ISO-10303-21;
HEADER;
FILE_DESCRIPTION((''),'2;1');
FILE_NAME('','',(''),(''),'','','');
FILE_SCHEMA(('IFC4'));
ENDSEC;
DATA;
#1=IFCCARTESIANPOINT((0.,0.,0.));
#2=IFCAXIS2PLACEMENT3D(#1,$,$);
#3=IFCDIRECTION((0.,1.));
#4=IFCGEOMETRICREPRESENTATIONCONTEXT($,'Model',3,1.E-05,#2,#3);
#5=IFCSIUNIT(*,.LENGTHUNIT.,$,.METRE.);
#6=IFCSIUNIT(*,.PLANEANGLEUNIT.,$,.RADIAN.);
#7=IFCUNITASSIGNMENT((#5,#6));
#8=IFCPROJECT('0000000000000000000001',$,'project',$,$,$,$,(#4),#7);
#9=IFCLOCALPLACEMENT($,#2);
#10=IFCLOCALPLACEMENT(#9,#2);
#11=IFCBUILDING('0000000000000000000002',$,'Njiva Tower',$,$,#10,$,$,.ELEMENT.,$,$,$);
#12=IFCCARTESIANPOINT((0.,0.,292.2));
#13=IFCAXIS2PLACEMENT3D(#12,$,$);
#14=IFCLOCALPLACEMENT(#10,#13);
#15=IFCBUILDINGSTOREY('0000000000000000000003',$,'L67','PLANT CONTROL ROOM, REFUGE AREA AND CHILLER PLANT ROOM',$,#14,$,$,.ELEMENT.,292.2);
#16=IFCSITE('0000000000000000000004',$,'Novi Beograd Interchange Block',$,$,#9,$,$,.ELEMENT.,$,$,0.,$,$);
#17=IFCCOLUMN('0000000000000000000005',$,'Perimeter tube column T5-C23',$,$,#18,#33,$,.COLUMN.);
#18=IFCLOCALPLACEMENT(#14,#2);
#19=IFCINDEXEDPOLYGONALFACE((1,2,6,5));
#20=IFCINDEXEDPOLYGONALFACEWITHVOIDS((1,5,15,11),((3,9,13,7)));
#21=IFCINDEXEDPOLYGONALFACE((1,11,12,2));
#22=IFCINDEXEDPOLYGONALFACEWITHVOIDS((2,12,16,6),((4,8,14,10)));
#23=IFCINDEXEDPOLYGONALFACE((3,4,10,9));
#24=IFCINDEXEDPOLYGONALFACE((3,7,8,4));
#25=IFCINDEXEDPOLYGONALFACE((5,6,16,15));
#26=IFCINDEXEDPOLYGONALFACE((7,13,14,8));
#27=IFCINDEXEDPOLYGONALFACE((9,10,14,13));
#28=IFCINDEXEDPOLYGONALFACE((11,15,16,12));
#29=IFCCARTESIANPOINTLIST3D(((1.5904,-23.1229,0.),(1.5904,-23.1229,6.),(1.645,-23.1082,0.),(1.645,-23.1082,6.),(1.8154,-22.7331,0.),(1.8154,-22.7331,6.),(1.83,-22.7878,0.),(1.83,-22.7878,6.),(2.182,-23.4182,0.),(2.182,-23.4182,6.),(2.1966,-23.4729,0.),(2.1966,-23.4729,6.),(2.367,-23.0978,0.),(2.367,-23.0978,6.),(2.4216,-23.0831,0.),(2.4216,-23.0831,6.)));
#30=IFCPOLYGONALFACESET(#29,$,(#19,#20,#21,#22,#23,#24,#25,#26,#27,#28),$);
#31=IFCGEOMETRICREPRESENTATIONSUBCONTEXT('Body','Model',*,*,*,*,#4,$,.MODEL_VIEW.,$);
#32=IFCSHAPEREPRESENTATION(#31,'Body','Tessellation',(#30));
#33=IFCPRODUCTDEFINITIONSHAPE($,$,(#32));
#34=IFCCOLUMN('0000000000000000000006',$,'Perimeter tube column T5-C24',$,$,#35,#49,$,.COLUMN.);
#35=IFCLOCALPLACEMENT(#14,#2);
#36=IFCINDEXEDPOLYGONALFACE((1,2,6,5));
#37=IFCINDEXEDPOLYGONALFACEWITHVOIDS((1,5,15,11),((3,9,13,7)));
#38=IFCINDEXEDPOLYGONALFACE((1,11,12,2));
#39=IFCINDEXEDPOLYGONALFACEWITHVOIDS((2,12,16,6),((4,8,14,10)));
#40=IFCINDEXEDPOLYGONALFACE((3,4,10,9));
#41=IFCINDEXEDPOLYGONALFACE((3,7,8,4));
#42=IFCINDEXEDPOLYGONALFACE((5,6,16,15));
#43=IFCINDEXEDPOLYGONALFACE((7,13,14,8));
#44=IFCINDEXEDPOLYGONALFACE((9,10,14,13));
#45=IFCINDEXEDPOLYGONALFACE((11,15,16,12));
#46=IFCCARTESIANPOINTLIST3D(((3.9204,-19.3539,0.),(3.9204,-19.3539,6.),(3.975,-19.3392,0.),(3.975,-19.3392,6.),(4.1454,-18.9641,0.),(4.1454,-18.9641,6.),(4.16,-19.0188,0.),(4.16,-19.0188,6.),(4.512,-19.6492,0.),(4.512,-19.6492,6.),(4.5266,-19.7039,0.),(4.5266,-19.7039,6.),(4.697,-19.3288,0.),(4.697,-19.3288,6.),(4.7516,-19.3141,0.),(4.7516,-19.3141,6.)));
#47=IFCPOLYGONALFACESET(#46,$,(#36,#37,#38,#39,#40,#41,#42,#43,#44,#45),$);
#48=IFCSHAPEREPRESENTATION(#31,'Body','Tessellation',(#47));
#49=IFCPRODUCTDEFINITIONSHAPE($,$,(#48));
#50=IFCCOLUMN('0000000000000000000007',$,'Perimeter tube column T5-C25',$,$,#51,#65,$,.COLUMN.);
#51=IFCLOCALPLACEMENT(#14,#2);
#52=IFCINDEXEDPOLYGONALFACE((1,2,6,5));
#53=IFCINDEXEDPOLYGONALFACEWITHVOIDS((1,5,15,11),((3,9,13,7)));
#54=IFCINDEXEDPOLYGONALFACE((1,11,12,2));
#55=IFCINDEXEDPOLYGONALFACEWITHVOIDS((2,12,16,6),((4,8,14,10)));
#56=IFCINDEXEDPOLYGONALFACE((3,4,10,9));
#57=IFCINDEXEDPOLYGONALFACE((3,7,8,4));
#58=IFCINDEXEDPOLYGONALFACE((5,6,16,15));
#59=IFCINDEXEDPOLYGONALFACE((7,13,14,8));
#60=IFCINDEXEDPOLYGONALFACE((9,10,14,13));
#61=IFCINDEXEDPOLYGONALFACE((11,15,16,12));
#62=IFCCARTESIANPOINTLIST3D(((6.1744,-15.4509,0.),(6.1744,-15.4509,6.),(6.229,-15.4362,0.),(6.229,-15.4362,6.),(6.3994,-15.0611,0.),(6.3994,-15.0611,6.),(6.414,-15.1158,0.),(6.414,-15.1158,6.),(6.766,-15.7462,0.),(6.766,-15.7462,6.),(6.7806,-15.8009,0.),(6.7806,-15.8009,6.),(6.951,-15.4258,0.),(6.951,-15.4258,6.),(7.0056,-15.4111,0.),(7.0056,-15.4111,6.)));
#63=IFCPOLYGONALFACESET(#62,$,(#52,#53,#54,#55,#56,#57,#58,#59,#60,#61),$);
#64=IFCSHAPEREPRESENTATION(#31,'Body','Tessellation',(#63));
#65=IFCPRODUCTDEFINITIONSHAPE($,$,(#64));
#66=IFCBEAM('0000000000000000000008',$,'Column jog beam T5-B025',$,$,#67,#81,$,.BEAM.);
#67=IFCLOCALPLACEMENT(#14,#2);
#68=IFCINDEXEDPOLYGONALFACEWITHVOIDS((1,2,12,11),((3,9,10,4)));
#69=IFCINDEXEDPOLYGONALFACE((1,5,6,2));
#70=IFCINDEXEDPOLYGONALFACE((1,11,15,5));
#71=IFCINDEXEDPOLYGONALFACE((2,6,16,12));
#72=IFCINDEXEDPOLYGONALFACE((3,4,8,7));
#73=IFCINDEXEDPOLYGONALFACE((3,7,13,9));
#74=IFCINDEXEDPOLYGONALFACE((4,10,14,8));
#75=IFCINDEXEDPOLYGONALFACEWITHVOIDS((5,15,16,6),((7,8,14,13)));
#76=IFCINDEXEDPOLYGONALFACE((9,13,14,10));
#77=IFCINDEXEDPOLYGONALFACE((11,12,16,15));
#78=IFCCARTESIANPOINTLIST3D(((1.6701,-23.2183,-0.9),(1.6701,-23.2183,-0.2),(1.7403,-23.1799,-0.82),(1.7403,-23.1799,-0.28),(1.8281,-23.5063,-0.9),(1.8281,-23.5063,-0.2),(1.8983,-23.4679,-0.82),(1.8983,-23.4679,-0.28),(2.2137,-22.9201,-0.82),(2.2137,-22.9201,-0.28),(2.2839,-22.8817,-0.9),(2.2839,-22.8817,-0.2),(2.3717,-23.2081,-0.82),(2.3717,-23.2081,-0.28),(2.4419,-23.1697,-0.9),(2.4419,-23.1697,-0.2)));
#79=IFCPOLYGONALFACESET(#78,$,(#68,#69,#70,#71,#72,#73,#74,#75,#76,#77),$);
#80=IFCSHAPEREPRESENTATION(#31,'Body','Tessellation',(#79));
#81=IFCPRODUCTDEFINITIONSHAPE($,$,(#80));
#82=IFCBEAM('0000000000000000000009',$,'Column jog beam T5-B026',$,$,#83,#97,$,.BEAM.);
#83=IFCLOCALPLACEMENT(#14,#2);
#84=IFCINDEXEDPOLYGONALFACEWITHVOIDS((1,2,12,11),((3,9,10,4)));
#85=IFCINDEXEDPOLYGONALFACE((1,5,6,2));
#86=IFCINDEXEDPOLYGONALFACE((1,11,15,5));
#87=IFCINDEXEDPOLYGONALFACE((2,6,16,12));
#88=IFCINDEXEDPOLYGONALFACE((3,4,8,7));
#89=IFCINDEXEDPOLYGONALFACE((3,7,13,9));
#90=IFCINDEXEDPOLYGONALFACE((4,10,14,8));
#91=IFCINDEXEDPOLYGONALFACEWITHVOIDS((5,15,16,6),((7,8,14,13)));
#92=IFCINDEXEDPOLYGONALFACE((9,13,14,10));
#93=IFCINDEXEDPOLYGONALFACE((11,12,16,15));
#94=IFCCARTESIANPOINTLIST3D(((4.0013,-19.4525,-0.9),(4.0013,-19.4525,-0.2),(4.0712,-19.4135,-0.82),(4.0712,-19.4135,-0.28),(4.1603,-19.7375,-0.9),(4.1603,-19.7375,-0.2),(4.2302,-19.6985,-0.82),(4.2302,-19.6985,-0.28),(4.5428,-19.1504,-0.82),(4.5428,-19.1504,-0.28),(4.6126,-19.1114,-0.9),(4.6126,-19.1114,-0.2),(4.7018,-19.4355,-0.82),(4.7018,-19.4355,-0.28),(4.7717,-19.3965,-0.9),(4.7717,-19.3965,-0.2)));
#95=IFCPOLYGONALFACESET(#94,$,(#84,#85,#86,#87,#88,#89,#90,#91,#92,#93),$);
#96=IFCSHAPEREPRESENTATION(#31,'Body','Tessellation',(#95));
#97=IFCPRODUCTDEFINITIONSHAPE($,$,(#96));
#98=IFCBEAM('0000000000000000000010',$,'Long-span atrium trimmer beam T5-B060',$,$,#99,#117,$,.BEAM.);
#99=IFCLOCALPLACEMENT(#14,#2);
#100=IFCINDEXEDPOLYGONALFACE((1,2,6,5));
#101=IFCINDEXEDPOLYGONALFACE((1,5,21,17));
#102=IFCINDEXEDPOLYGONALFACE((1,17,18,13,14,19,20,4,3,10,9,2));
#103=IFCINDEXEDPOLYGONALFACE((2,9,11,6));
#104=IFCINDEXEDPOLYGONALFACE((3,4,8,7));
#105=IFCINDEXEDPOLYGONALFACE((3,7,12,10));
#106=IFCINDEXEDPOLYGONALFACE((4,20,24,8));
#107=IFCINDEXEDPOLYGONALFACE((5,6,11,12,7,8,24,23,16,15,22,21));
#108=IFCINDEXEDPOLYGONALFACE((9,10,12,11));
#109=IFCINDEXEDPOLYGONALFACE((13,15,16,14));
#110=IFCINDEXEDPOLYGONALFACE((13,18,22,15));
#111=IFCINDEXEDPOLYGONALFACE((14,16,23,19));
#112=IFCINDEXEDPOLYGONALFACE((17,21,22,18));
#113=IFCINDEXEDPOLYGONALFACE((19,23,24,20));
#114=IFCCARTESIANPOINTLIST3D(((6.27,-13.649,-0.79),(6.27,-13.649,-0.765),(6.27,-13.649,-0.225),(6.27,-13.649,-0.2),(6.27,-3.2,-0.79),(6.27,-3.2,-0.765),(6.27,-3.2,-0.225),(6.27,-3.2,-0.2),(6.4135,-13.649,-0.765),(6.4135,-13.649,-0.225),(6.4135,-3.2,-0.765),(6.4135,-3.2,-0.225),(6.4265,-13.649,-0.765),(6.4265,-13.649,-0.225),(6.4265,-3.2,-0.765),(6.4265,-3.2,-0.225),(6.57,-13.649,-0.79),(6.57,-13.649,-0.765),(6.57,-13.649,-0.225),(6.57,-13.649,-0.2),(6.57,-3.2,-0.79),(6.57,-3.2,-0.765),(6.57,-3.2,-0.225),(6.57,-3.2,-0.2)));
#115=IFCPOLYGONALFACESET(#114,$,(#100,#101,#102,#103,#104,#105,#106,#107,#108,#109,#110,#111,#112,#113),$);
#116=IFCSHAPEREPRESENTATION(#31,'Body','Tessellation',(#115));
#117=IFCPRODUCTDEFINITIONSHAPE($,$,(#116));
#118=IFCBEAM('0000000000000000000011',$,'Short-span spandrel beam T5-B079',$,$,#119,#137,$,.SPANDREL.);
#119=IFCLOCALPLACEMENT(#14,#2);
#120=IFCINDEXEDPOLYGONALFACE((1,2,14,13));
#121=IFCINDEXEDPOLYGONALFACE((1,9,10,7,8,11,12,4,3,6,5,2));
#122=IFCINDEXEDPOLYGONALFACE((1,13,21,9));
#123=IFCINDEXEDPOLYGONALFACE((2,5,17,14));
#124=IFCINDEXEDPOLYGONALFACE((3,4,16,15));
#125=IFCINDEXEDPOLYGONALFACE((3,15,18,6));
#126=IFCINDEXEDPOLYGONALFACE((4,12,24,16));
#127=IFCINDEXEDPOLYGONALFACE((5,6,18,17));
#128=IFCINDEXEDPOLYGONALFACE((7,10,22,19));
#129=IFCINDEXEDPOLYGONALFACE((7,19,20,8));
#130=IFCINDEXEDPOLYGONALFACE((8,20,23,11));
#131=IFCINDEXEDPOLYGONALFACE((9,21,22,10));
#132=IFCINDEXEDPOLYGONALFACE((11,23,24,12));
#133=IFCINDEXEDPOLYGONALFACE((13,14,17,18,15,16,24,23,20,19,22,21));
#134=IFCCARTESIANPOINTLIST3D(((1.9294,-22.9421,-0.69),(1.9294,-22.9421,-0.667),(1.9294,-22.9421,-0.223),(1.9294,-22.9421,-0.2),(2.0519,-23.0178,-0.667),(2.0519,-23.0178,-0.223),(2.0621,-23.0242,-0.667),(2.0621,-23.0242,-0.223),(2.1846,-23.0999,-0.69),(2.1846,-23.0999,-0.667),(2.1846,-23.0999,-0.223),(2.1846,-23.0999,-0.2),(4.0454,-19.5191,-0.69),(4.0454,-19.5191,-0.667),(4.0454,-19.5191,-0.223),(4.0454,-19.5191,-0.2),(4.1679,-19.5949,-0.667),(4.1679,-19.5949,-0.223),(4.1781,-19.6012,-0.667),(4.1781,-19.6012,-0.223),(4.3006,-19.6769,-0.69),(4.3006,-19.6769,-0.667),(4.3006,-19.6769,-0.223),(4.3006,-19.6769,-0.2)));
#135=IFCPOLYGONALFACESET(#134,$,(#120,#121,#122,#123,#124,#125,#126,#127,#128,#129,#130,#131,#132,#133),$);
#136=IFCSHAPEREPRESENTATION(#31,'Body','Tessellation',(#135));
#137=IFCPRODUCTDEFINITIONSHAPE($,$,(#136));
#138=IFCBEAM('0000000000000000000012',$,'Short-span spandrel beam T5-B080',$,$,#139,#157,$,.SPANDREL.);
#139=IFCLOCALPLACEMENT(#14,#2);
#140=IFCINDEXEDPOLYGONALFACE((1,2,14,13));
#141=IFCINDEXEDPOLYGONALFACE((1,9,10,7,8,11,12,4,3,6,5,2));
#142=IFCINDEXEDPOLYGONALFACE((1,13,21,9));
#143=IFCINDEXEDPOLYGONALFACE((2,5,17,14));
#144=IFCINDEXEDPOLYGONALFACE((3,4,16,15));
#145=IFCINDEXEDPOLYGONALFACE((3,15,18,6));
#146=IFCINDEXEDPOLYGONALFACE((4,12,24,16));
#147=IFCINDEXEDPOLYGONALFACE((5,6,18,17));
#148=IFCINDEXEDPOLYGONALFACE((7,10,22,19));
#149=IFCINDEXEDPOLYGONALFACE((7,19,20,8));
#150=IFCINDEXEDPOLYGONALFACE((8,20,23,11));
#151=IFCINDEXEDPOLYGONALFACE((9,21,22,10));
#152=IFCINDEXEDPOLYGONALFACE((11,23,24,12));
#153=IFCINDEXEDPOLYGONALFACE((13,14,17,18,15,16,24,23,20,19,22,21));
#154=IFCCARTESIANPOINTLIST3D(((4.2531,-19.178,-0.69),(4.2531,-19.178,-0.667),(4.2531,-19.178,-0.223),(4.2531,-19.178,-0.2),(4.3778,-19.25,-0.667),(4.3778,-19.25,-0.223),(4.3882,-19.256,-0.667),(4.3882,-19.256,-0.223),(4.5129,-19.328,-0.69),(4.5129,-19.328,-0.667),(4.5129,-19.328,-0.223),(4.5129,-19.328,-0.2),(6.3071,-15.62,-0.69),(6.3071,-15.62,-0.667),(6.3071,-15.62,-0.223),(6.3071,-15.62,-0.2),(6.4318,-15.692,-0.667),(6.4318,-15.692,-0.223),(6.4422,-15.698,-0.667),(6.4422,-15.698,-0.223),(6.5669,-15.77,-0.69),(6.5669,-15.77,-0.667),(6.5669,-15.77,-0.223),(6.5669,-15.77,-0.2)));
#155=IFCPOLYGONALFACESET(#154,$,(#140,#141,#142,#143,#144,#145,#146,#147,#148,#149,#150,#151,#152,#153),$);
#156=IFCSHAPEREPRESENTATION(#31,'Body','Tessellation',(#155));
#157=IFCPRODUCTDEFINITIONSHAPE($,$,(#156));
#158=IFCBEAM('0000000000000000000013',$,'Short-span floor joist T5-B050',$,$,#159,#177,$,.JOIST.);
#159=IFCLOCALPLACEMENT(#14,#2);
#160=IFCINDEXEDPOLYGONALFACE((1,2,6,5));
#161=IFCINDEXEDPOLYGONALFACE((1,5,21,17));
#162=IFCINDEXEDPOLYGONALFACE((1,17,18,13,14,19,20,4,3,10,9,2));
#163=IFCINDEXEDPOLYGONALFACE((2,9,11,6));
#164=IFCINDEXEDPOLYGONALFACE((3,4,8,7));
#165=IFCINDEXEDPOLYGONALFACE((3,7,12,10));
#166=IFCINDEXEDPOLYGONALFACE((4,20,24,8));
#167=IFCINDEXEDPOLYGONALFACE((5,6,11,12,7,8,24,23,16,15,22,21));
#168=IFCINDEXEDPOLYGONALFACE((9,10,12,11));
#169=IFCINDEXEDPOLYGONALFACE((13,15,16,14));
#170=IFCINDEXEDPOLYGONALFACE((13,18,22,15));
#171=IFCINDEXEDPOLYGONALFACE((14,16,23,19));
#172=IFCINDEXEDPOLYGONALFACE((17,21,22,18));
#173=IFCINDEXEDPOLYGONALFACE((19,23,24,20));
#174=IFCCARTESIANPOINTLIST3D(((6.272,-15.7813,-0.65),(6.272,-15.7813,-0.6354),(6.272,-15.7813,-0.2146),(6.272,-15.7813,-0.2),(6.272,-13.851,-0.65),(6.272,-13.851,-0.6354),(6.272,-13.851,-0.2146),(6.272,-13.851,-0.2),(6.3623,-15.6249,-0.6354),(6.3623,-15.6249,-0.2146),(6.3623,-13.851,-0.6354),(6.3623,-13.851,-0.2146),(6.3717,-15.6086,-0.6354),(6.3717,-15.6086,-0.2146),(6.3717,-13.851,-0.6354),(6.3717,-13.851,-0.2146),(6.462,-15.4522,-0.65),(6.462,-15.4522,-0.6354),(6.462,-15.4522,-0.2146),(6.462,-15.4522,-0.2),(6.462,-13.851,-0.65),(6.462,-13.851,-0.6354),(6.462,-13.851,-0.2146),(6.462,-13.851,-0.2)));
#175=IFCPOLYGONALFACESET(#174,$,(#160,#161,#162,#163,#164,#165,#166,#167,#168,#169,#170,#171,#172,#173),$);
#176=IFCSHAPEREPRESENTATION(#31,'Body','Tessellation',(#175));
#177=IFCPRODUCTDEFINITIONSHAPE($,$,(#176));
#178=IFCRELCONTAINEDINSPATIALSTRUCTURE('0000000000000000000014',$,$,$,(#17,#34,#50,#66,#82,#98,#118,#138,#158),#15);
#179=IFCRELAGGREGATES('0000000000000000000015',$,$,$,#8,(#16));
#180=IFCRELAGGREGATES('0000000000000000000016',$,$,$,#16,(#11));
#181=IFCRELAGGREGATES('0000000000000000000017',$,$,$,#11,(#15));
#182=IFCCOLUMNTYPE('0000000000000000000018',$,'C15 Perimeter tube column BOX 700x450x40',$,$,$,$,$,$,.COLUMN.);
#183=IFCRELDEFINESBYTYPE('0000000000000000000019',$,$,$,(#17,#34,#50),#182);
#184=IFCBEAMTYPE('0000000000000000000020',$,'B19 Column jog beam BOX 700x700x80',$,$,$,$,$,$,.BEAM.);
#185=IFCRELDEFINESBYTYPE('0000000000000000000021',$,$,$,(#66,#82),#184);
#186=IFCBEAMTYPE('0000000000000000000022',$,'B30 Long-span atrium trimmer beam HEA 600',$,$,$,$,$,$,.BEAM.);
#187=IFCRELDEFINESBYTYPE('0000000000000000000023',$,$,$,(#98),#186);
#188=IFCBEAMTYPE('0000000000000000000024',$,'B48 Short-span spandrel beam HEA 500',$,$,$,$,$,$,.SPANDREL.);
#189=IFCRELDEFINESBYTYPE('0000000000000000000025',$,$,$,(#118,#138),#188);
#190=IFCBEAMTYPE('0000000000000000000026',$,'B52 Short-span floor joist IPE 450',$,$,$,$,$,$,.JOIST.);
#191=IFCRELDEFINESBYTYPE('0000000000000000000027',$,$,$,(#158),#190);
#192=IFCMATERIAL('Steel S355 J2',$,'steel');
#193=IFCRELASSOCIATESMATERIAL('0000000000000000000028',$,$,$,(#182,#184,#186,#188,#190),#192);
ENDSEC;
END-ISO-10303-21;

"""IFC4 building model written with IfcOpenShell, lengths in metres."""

from ifc_helpers import new_model, si_unit, direction, frame, origin, origin_2d, place, context, subcontext, project, spatial, hollow_rectangle, i_section, extrude, clip, halfspace, material, material_profile, profile_set, type_object, element, save


model = new_model("IFC4")

# Units and contexts
model_context = context("Model", 3, precision=1e-05, world=origin(), true_north=direction((0.0, 1.0)))
body_context = subcontext(model_context, "Body", "Model", "MODEL_VIEW")
ifc_project = project(units=[si_unit("LENGTHUNIT", "METRE"), si_unit("PLANEANGLEUNIT", "RADIAN")], contexts=[model_context])

# Site, building, storey
site_placement = place(None, origin())
site = spatial("IfcSite", under=ifc_project, at=site_placement, Name="Novi Beograd Interchange Block", CompositionType="ELEMENT", RefElevation=0.0)
building_placement = place(site_placement, origin())
building = spatial("IfcBuilding", under=site, at=building_placement, Name="Njiva Tower", CompositionType="ELEMENT")
storey_placement = place(building_placement, frame((0.0, 0.0, 292.2)))
storey = spatial("IfcBuildingStorey", under=building, at=storey_placement, Name="L67", Description="PLANT CONTROL ROOM, REFUGE AREA AND CHILLER PLANT ROOM", CompositionType="ELEMENT", Elevation=292.2)

# Columns
ifc_material_1 = material(Name="Steel S355 J2", Category="steel")
ifc_material_profile_1 = material_profile(ifc_material_1, hollow_rectangle(XDim=0.45, YDim=0.7, WallThickness=0.04, at=origin_2d()), Name="BOX 700x450x40")
ifc_profile_set_1 = profile_set([ifc_material_profile_1], Name="Steel S355 J2")
column_type = type_object("IfcColumnType", Name="C15 Perimeter tube column BOX 700x450x40", PredefinedType="COLUMN", material=ifc_profile_set_1)
for number, where, z_axis, x_axis, name in (
    (1, (2.006, -23.103, 0.0), (0.0, 0.0, 1.0), (0.5, 0.866025, 0.0), "Perimeter tube column T5-C23"),
    (2, (4.336, -19.334, 0.0), (0.0, 0.0, 1.0), (0.5, 0.866025, 0.0), "Perimeter tube column T5-C24"),
    (3, (6.59, -15.431, 0.0), (0.0, 0.0, 1.0), (0.5, 0.866025, 0.0), "Perimeter tube column T5-C25"),
):
    element("IfcColumn", number, at=place(storey_placement, frame(where, z_axis=z_axis, x_axis=x_axis)), inside=storey, type_object=column_type, Name=name, PredefinedType="COLUMN", context=body_context, shape_type="SweptSolid", body=[
        extrude(hollow_rectangle(XDim=0.45, YDim=0.7, WallThickness=0.04, at=origin_2d()), origin(), (0.0, 0.0, 1.0), 6.0),
    ])

# Beams
ifc_material_profile_2 = material_profile(ifc_material_1, hollow_rectangle(XDim=0.7, YDim=0.7, WallThickness=0.08, at=origin_2d()), Name="BOX 700x700x80")
ifc_profile_set_2 = profile_set([ifc_material_profile_2], Name="Steel S355 J2")
beam_type_1 = type_object("IfcBeamType", Name="B19 Column jog beam BOX 700x700x80", PredefinedType="BEAM", material=ifc_profile_set_2)
beam_1_placement = place(storey_placement, frame((2.135, -23.338, -0.55), z_axis=(-0.480984, 0.87673, 0.0), x_axis=(-0.87673, -0.480984, 0.0)))
element("IfcBeam", 4, at=beam_1_placement, inside=storey, type_object=beam_type_1, Name="Column jog beam T5-B025", PredefinedType="BEAM", context=body_context, shape_type="SweptSolid", body=[
    extrude(hollow_rectangle(XDim=0.7, YDim=0.7, WallThickness=0.08, at=origin_2d()), origin(), (0.0, 0.0, 1.0), 0.3285),
])
beam_2_placement = place(storey_placement, frame((4.466, -19.567, -0.55), z_axis=(-0.487203, 0.873289, 0.0), x_axis=(-0.873289, -0.487203, 0.0)))
element("IfcBeam", 5, at=beam_2_placement, inside=storey, type_object=beam_type_1, Name="Column jog beam T5-B026", PredefinedType="BEAM", context=body_context, shape_type="SweptSolid", body=[
    extrude(hollow_rectangle(XDim=0.7, YDim=0.7, WallThickness=0.08, at=origin_2d()), origin(), (0.0, 0.0, 1.0), 0.3264),
])
ifc_material_profile_3 = material_profile(ifc_material_1, i_section(OverallWidth=0.3, OverallDepth=0.59, WebThickness=0.013, FlangeThickness=0.025, at=origin_2d()), Name="HEA 600")
ifc_profile_set_3 = profile_set([ifc_material_profile_3], Name="Steel S355 J2")
beam_type_2 = type_object("IfcBeamType", Name="B30 Long-span atrium trimmer beam HEA 600", PredefinedType="BEAM", material=ifc_profile_set_3)
beam_3_placement = place(storey_placement, frame((6.42, -13.649, -0.495), z_axis=(0.0, 1.0, 0.0), x_axis=(-1.0, 0.0, 0.0)))
element("IfcBeam", 6, at=beam_3_placement, inside=storey, type_object=beam_type_2, Name="Long-span atrium trimmer beam T5-B060", PredefinedType="BEAM", context=body_context, shape_type="SweptSolid", body=[
    extrude(i_section(OverallWidth=0.3, OverallDepth=0.59, WebThickness=0.013, FlangeThickness=0.025, at=origin_2d()), origin(), (0.0, 0.0, 1.0), 10.449),
])
ifc_material_profile_4 = material_profile(ifc_material_1, i_section(OverallWidth=0.3, OverallDepth=0.49, WebThickness=0.012, FlangeThickness=0.023, at=origin_2d()), Name="HEA 500")
ifc_profile_set_4 = profile_set([ifc_material_profile_4], Name="Steel S355 J2")
beam_type_3 = type_object("IfcBeamType", Name="B48 Short-span spandrel beam HEA 500", PredefinedType="SPANDREL", material=ifc_profile_set_4)
beam_4_placement = place(storey_placement, frame((2.057, -23.021, -0.445), z_axis=(0.525816, 0.850599, 0.0), x_axis=(-0.850599, 0.525816, 0.0)))
element("IfcBeam", 7, at=beam_4_placement, inside=storey, type_object=beam_type_3, Name="Short-span spandrel beam T5-B079", PredefinedType="SPANDREL", context=body_context, shape_type="SweptSolid", body=[
    extrude(i_section(OverallWidth=0.3, OverallDepth=0.49, WebThickness=0.012, FlangeThickness=0.023, at=origin_2d()), origin(), (0.0, 0.0, 1.0), 4.0242),
])
beam_5_placement = place(storey_placement, frame((4.383, -19.253, -0.445), z_axis=(0.499961, 0.866048, 0.0), x_axis=(-0.866048, 0.499961, 0.0)))
element("IfcBeam", 8, at=beam_5_placement, inside=storey, type_object=beam_type_3, Name="Short-span spandrel beam T5-B080", PredefinedType="SPANDREL", context=body_context, shape_type="SweptSolid", body=[
    extrude(i_section(OverallWidth=0.3, OverallDepth=0.49, WebThickness=0.012, FlangeThickness=0.023, at=origin_2d()), origin(), (0.0, 0.0, 1.0), 4.1083),
])
ifc_material_profile_5 = material_profile(ifc_material_1, i_section(OverallWidth=0.19, OverallDepth=0.45, WebThickness=0.0094, FlangeThickness=0.0146, at=origin_2d()), Name="IPE 450")
ifc_profile_set_5 = profile_set([ifc_material_profile_5], Name="Steel S355 J2")
beam_type_4 = type_object("IfcBeamType", Name="B52 Short-span floor joist IPE 450", PredefinedType="JOIST", material=ifc_profile_set_5)
beam_6_placement = place(storey_placement, frame((6.367, -13.851, -0.425), z_axis=(0.0, -1.0, 0.0), x_axis=(1.0, 0.0, 0.0)))
element("IfcBeam", 9, at=beam_6_placement, inside=storey, type_object=beam_type_4, Name="Short-span floor joist T5-B050", PredefinedType="JOIST", context=body_context, shape_type="Clipping", body=[
    clip(extrude(i_section(OverallWidth=0.19, OverallDepth=0.45, WebThickness=0.0094, FlangeThickness=0.0146, at=origin_2d()), origin(), (0.0, 0.0, 1.0), 1.951), halfspace(frame((0.043, 0.0, 1.6913), z_axis=(0.866027, 0.0, 0.499998), x_axis=(0.0, 1.0, 0.0)), False)),
])

save(model, "model.ifc")
